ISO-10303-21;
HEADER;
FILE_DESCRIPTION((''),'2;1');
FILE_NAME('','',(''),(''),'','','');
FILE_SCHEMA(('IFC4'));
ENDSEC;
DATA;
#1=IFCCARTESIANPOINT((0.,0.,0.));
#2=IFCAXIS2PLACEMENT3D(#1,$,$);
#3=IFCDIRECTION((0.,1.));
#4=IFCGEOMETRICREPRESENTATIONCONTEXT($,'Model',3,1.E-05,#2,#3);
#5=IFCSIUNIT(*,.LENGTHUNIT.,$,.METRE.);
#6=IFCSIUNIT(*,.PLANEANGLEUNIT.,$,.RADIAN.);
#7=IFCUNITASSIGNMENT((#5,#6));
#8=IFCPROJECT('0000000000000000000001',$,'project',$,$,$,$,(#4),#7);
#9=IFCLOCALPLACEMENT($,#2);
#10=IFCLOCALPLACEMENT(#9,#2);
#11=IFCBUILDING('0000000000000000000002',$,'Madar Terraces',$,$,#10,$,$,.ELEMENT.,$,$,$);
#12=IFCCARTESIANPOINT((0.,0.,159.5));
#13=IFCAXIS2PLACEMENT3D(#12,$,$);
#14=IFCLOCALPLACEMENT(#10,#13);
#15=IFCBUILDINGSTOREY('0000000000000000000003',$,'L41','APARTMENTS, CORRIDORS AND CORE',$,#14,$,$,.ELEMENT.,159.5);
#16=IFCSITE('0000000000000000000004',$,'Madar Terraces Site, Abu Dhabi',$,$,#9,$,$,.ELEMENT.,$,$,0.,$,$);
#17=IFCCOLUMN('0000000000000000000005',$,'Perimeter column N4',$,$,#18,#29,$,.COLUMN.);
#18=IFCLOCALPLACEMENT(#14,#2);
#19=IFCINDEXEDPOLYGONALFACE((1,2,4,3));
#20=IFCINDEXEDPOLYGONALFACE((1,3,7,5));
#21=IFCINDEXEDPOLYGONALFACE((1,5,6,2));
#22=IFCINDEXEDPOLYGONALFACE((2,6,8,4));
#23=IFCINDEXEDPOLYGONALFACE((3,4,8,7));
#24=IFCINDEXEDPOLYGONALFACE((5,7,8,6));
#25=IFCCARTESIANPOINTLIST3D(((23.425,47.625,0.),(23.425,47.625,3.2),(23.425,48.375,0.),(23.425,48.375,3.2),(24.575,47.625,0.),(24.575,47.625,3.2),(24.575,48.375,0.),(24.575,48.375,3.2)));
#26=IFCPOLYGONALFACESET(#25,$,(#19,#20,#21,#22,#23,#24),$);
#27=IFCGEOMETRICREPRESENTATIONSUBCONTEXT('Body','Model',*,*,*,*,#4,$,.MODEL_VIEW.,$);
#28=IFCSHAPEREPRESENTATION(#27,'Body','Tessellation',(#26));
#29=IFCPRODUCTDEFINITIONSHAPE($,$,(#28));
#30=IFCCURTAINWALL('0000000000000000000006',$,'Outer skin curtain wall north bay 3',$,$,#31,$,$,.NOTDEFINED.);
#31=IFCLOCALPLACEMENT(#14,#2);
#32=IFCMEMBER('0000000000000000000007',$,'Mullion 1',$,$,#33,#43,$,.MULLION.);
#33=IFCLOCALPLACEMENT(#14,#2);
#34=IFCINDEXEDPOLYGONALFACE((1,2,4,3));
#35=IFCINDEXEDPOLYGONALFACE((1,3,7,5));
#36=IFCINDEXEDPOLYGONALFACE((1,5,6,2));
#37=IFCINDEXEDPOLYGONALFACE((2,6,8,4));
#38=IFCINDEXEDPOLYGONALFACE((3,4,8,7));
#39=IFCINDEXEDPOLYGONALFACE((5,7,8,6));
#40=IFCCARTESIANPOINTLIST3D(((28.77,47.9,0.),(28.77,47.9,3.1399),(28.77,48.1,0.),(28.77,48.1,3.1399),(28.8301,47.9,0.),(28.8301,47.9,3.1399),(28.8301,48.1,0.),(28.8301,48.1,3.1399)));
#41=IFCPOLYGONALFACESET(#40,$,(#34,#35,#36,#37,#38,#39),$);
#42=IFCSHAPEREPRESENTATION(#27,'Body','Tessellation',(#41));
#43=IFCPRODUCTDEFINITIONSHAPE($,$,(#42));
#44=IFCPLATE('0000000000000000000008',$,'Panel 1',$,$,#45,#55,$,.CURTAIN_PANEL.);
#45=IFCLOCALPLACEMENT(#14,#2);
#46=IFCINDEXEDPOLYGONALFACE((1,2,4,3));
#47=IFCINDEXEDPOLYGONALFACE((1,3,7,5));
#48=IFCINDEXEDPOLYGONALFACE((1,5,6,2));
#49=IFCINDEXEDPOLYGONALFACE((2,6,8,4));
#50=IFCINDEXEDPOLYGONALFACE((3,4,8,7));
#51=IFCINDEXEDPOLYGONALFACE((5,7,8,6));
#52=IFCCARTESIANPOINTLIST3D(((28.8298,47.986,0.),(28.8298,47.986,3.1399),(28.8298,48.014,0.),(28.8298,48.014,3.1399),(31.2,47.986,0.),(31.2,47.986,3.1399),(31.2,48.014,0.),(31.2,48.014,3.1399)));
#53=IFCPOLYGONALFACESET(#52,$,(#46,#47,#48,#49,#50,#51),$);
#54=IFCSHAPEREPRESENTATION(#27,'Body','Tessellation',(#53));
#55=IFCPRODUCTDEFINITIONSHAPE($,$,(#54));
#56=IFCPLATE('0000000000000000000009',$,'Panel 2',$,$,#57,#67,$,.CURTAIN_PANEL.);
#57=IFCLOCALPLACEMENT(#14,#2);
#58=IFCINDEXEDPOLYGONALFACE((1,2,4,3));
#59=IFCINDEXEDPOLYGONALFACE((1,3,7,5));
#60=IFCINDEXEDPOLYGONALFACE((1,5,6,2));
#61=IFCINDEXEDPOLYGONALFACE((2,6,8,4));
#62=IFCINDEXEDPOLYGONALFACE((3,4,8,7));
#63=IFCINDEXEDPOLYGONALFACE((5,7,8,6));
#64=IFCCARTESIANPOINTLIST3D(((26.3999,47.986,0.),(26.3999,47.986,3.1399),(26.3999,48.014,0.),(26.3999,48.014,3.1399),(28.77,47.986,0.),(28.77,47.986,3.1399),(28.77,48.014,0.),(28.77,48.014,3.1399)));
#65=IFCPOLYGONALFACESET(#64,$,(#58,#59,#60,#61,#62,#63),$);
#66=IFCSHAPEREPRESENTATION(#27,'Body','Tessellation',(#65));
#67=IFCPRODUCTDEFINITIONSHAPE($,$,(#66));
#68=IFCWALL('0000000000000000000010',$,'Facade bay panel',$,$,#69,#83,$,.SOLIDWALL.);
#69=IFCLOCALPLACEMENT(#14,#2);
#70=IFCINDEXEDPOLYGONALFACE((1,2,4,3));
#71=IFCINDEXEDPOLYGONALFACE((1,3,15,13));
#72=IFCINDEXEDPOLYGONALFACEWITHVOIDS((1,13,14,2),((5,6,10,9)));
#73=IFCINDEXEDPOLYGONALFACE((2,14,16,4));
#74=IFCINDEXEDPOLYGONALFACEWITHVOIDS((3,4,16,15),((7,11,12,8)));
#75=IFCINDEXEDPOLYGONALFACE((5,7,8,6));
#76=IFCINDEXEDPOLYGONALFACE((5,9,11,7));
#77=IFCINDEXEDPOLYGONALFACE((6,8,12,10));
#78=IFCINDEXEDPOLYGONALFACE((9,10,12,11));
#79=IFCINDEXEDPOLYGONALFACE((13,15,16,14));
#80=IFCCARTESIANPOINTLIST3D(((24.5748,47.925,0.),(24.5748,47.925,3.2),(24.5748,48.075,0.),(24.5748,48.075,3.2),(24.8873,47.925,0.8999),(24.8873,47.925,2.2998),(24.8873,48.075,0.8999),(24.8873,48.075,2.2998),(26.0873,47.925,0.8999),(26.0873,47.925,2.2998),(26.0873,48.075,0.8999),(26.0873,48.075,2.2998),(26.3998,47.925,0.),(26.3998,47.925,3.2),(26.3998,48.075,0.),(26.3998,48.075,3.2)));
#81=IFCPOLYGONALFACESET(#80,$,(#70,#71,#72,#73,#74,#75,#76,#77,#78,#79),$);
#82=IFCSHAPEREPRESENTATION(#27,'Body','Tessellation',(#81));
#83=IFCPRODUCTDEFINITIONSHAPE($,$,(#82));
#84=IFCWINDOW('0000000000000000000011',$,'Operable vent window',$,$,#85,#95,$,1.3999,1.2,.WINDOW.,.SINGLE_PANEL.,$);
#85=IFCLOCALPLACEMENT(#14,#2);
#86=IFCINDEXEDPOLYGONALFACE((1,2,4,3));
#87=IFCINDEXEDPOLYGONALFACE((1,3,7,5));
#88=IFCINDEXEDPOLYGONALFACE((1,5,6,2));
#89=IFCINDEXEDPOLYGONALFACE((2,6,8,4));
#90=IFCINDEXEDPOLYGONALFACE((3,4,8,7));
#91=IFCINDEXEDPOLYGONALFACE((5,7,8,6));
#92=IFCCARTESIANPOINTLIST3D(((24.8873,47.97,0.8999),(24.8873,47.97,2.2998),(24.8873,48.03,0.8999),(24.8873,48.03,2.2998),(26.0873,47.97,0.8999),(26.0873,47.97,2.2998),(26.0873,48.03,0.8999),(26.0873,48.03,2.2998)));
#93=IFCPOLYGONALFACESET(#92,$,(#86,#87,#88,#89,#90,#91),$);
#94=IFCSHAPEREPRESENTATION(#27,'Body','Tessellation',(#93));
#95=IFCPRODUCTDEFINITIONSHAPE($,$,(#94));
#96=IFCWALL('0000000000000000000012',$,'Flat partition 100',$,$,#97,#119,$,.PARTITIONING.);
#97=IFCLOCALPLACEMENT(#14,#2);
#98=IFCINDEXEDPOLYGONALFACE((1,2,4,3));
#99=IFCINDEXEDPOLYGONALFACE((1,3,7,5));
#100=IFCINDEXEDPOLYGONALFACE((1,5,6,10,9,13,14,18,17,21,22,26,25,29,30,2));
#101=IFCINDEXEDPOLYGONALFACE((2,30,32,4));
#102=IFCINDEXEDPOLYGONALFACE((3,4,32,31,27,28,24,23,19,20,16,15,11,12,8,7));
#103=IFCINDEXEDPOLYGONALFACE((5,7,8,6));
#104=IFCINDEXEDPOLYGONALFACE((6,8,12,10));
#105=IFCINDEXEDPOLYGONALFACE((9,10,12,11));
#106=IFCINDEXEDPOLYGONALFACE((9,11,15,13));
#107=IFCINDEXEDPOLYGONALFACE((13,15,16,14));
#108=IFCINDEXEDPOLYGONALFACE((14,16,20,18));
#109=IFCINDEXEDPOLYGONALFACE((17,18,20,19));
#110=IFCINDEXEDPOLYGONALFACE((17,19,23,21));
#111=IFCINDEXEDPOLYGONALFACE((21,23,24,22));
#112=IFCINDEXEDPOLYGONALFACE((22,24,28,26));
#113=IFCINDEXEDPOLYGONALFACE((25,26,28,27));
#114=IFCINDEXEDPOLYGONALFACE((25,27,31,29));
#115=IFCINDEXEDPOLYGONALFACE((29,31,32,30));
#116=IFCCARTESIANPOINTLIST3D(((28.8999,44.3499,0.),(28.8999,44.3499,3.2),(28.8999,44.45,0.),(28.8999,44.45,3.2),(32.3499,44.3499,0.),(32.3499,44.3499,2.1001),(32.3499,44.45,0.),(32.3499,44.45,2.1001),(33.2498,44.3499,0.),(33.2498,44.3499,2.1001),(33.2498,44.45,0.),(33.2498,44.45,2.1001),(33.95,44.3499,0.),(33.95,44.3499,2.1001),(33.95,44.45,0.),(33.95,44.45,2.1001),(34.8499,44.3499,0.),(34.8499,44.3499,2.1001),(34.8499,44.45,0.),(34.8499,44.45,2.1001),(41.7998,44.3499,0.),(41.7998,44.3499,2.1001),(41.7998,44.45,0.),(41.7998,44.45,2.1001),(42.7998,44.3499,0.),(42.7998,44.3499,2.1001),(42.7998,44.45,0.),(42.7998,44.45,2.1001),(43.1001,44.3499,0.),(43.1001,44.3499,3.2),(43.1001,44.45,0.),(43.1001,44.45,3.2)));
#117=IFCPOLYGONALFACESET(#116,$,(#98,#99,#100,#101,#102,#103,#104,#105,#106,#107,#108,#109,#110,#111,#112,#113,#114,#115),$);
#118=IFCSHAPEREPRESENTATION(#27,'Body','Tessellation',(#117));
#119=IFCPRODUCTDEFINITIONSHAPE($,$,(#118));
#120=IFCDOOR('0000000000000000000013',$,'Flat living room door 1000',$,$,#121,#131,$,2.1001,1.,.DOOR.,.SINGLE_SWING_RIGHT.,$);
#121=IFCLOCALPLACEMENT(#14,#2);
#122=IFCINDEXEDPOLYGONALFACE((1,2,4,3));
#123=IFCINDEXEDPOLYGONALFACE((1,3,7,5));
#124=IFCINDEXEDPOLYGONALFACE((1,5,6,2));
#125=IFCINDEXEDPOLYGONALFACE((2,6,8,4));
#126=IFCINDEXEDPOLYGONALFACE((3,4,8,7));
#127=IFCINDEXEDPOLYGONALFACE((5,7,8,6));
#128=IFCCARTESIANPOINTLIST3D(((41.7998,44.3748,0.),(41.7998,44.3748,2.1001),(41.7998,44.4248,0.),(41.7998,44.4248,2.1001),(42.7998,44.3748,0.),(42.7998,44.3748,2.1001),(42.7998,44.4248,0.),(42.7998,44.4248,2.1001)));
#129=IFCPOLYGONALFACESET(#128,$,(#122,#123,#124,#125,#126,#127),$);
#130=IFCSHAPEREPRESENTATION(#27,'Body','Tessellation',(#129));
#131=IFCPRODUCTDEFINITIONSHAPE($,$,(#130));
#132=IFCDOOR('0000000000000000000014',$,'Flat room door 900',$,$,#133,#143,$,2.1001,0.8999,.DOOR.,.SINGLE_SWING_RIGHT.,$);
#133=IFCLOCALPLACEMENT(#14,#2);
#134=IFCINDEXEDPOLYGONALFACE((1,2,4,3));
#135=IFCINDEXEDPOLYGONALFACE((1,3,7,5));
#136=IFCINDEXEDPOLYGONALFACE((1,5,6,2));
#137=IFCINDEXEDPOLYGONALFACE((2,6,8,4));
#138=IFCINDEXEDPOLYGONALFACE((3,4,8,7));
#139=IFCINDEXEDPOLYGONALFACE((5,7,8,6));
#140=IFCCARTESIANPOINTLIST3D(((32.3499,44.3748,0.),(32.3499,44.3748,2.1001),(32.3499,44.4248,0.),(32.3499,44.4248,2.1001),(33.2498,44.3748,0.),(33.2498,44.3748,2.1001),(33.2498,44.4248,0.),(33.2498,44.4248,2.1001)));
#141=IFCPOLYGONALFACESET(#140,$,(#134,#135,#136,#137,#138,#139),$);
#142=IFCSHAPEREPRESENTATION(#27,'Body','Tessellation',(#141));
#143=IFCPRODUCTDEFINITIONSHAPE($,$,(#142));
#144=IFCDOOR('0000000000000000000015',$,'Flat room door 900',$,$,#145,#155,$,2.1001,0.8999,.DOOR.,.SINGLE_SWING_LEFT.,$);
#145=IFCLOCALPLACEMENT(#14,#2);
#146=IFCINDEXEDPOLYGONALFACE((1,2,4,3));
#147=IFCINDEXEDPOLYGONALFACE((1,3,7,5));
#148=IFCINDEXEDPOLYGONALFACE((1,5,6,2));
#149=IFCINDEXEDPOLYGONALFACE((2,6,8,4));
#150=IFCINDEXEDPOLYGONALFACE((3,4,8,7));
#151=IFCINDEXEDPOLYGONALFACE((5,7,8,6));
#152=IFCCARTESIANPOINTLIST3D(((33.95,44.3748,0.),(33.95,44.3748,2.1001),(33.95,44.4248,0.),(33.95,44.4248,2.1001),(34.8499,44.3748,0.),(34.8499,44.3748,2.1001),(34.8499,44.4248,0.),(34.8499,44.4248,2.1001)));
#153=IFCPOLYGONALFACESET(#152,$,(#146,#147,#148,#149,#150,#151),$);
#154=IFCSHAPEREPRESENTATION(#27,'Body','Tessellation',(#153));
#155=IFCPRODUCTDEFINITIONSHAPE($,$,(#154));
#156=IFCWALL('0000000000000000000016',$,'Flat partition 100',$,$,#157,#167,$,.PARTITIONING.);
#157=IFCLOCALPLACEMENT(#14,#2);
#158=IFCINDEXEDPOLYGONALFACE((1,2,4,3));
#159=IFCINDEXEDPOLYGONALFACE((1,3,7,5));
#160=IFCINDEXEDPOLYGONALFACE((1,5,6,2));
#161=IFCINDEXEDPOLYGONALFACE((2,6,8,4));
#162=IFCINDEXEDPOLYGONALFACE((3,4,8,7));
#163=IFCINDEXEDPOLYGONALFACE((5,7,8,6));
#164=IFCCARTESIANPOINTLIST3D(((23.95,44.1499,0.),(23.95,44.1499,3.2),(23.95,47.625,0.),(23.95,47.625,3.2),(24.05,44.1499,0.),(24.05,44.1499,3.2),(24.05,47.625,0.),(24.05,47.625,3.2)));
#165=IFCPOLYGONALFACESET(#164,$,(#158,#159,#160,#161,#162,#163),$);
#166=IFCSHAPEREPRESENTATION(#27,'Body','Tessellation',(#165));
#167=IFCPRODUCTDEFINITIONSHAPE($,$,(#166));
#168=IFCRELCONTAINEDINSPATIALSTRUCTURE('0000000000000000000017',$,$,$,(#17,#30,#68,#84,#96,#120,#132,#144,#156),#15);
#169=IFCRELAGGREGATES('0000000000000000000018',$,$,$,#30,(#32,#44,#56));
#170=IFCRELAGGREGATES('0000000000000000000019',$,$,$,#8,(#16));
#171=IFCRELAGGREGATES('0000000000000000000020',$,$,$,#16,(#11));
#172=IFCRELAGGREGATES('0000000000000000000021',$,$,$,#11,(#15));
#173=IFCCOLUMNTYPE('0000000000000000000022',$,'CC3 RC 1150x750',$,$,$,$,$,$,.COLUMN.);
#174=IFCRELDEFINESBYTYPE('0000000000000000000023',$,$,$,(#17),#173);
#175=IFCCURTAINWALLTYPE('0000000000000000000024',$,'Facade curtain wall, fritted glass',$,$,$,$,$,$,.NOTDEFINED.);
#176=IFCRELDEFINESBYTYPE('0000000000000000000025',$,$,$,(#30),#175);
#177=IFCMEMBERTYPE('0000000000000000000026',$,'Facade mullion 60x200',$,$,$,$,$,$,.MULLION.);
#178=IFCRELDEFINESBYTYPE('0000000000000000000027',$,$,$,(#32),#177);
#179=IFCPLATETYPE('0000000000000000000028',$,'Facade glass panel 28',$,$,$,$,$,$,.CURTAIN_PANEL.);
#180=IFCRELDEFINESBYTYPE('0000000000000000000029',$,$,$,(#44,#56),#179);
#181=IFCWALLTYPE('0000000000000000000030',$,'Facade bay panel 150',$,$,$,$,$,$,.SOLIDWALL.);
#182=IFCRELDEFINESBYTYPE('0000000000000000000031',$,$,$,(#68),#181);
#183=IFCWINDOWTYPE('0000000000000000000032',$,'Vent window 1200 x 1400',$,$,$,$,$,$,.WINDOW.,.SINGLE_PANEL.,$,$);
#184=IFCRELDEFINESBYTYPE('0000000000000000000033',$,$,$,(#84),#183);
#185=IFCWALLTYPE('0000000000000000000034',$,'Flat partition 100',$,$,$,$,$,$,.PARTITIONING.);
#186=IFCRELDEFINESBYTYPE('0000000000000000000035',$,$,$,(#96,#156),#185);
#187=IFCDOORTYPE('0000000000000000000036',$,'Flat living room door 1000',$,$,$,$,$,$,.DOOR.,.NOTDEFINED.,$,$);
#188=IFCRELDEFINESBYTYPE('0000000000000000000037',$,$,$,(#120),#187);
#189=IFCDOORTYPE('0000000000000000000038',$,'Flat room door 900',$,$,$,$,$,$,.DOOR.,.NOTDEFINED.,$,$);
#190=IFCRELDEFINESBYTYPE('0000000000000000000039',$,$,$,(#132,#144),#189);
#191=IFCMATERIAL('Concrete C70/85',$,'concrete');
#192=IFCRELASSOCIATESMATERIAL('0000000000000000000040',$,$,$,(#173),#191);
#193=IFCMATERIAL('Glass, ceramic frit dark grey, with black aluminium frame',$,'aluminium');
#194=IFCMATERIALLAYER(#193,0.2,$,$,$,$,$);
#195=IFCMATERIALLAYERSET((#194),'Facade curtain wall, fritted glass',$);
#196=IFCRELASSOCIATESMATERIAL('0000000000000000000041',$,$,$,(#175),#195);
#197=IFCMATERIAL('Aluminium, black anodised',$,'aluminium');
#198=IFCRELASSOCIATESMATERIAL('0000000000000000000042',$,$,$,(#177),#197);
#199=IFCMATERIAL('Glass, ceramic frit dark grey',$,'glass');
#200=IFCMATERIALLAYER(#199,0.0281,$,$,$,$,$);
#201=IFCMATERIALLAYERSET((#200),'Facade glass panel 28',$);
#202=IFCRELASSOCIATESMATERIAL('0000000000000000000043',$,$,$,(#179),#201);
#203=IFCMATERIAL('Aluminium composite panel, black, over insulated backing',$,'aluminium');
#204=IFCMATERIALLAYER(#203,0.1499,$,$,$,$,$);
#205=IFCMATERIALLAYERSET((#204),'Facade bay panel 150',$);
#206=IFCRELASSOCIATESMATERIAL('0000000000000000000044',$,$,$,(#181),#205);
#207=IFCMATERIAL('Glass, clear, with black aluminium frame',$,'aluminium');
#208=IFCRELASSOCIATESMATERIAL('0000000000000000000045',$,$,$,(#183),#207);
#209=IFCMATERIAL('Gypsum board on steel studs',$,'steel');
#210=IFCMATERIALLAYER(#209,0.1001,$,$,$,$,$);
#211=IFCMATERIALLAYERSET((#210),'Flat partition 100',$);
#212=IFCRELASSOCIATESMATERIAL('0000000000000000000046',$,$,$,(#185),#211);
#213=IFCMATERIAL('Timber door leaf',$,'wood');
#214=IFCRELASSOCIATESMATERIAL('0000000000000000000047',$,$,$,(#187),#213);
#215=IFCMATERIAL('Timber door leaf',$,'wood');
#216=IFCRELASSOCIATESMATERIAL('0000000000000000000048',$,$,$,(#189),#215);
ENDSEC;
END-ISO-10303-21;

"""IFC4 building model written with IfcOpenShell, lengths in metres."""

from ifc_helpers import new_model, si_unit, direction, frame, frame_2d, origin, origin_2d, place, context, subcontext, project, spatial, rectangle, extrude, material, layer, layer_set, material_profile, profile_set, type_object, element, fill, aggregate, save


model = new_model("IFC4")

# Units and contexts
model_context = context("Model", 3, precision=1e-05, world=origin(), true_north=direction((0.0, 1.0)))
body_context = subcontext(model_context, "Body", "Model", "MODEL_VIEW")
ifc_project = project(units=[si_unit("LENGTHUNIT", "METRE"), si_unit("PLANEANGLEUNIT", "RADIAN")], contexts=[model_context])

# Site, building, storey
site_placement = place(None, origin())
site = spatial("IfcSite", under=ifc_project, at=site_placement, Name="Madar Terraces Site, Abu Dhabi", CompositionType="ELEMENT", RefElevation=0.0)
building_placement = place(site_placement, origin())
building = spatial("IfcBuilding", under=site, at=building_placement, Name="Madar Terraces", CompositionType="ELEMENT")
storey_placement = place(building_placement, frame((0.0, 0.0, 159.5)))
storey = spatial("IfcBuildingStorey", under=building, at=storey_placement, Name="L41", Description="APARTMENTS, CORRIDORS AND CORE", CompositionType="ELEMENT", Elevation=159.5)

# Column
ifc_material_1 = material(Name="Concrete C70/85", Category="concrete")
ifc_material_profile_1 = material_profile(ifc_material_1, rectangle(XDim=1.1499, YDim=0.75, at=origin_2d()), Name="CC3 RC 1150x750")
ifc_profile_set_1 = profile_set([ifc_material_profile_1], Name="Concrete C70/85")
column_type = type_object("IfcColumnType", Name="CC3 RC 1150x750", PredefinedType="COLUMN", material=ifc_profile_set_1)
column_placement = place(storey_placement, frame((24.0, 48.0, 0.0), z_axis=(0.0, 0.0, 1.0), x_axis=(1.0, 0.0, 0.0)))
element("IfcColumn", 1, at=column_placement, inside=storey, type_object=column_type, Name="Perimeter column N4", PredefinedType="COLUMN", context=body_context, shape_type="SweptSolid", body=[
    extrude(rectangle(XDim=1.1499, YDim=0.75, at=origin_2d()), origin(), (0.0, 0.0, 1.0), 3.2),
])

# Curtain wall, member, plates
ifc_material_2 = material(Name="Glass, ceramic frit dark grey, with black aluminium frame", Category="aluminium")
ifc_layer_1 = layer(ifc_material_2, 0.2)
ifc_layer_set_1 = layer_set([ifc_layer_1], Name="Facade curtain wall, fritted glass")
curtain_wall_type = type_object("IfcCurtainWallType", Name="Facade curtain wall, fritted glass", PredefinedType="NOTDEFINED", material=ifc_layer_set_1)
curtain_wall_placement = place(storey_placement, origin())
curtain_wall = element("IfcCurtainWall", 2, at=curtain_wall_placement, inside=storey, type_object=curtain_wall_type, Name="Outer skin curtain wall north bay 3", PredefinedType="NOTDEFINED")
ifc_material_3 = material(Name="Aluminium, black anodised", Category="aluminium")
ifc_material_profile_2 = material_profile(ifc_material_3, rectangle(XDim=0.2, YDim=0.0601, at=origin_2d()), Name="Facade mullion 60x200")
ifc_profile_set_2 = profile_set([ifc_material_profile_2], Name="Aluminium, black anodised")
member_type = type_object("IfcMemberType", Name="Facade mullion 60x200", PredefinedType="MULLION", material=ifc_profile_set_2)
member_placement = place(storey_placement, frame((28.8, 48.0, 0.0), z_axis=(0.0, 0.0, 1.0), x_axis=(0.0, -1.0, 0.0)))
member = element("IfcMember", 3, at=member_placement, type_object=member_type, Name="Mullion 1", PredefinedType="MULLION", context=body_context, shape_type="SweptSolid", body=[
    extrude(rectangle(XDim=0.2, YDim=0.0601, at=origin_2d()), origin(), (0.0, 0.0, 1.0), 3.1399),
])
ifc_material_4 = material(Name="Glass, ceramic frit dark grey", Category="glass")
ifc_layer_2 = layer(ifc_material_4, 0.0281)
ifc_layer_set_2 = layer_set([ifc_layer_2], Name="Facade glass panel 28")
plate_type = type_object("IfcPlateType", Name="Facade glass panel 28", PredefinedType="CURTAIN_PANEL", material=ifc_layer_set_2)
plate_1_placement = place(storey_placement, frame((30.0149, 48.0, 0.0), z_axis=(0.0, 0.0, 1.0), x_axis=(-1.0, 0.0, 0.0)))
plate_1 = element("IfcPlate", 4, at=plate_1_placement, type_object=plate_type, Name="Panel 1", PredefinedType="CURTAIN_PANEL", context=body_context, shape_type="SweptSolid", body=[
    extrude(rectangle(XDim=2.3701, YDim=0.0281, at=origin_2d()), origin(), (0.0, 0.0, 1.0), 3.1399),
])
plate_2_placement = place(storey_placement, frame((27.585, 48.0, 0.0), z_axis=(0.0, 0.0, 1.0), x_axis=(-1.0, 0.0, 0.0)))
plate_2 = element("IfcPlate", 5, at=plate_2_placement, type_object=plate_type, Name="Panel 2", PredefinedType="CURTAIN_PANEL", context=body_context, shape_type="SweptSolid", body=[
    extrude(rectangle(XDim=2.3701, YDim=0.0281, at=origin_2d()), origin(), (0.0, 0.0, 1.0), 3.1399),
])
aggregate(curtain_wall, [member, plate_1, plate_2])

# Wall, opening, window
ifc_material_5 = material(Name="Aluminium composite panel, black, over insulated backing", Category="aluminium")
ifc_layer_3 = layer(ifc_material_5, 0.1499)
ifc_layer_set_3 = layer_set([ifc_layer_3], Name="Facade bay panel 150")
wall_type_1 = type_object("IfcWallType", Name="Facade bay panel 150", PredefinedType="SOLIDWALL", material=ifc_layer_set_3)
wall_1_placement = place(storey_placement, frame((26.3999, 48.0, 0.0), z_axis=(0.0, 0.0, 1.0), x_axis=(-1.0, 0.0, 0.0)))
wall_1 = element("IfcWall", 6, at=wall_1_placement, inside=storey, type_object=wall_type_1, Name="Facade bay panel", PredefinedType="SOLIDWALL", context=body_context, shape_type="SweptSolid", body=[
    extrude(rectangle(XDim=1.825, YDim=0.1499, at=frame_2d((0.9126, 0.0))), origin(), (0.0, 0.0, 1.0), 3.2),
])
opening_1_placement = place(wall_1_placement, frame((0.3125, 0.0, 0.8999)))
opening_1 = element("IfcOpeningElement", 7, at=opening_1_placement, cuts=wall_1, PredefinedType="OPENING", context=body_context, shape_type="SweptSolid", body=[
    extrude(rectangle(XDim=1.2, YDim=1.3999, at=frame_2d((0.6001, 0.7))), frame((0.0, 0.085, 0.0), z_axis=(0.0, -1.0, 0.0), x_axis=(1.0, 0.0, 0.0)), (0.0, 0.0, 1.0), 0.1699),
])
ifc_material_6 = material(Name="Glass, clear, with black aluminium frame", Category="aluminium")
window_type = type_object("IfcWindowType", Name="Vent window 1200 x 1400", PartitioningType="SINGLE_PANEL", PredefinedType="WINDOW", material=ifc_material_6)
window_placement = place(opening_1_placement, origin())
window = element("IfcWindow", 8, at=window_placement, inside=storey, type_object=window_type, Name="Operable vent window", OverallHeight=1.3999, OverallWidth=1.2, PartitioningType="SINGLE_PANEL", PredefinedType="WINDOW", context=body_context, shape_type="SweptSolid", body=[
    extrude(rectangle(XDim=1.2, YDim=1.3999, at=frame_2d((0.6001, 0.7))), frame((0.0, 0.03, 0.0), z_axis=(0.0, -1.0, 0.0), x_axis=(1.0, 0.0, 0.0)), (0.0, 0.0, 1.0), 0.0601),
])
fill(opening_1, window)

# Wall, openings, doors
ifc_material_7 = material(Name="Gypsum board on steel studs", Category="steel")
ifc_layer_4 = layer(ifc_material_7, 0.1001)
ifc_layer_set_4 = layer_set([ifc_layer_4], Name="Flat partition 100")
wall_type_2 = type_object("IfcWallType", Name="Flat partition 100", PredefinedType="PARTITIONING", material=ifc_layer_set_4)
wall_2_placement = place(storey_placement, frame((28.8999, 44.3999, 0.0), z_axis=(0.0, 0.0, 1.0), x_axis=(1.0, 0.0, 0.0)))
wall_2 = element("IfcWall", 9, at=wall_2_placement, inside=storey, type_object=wall_type_2, Name="Flat partition 100", PredefinedType="PARTITIONING", context=body_context, shape_type="SweptSolid", body=[
    extrude(rectangle(XDim=14.2002, YDim=0.1001, at=frame_2d((7.1001, 0.0))), origin(), (0.0, 0.0, 1.0), 3.2),
])
opening_2_placement = place(wall_2_placement, frame((3.45, 0.0, 0.0)))
opening_2 = element("IfcOpeningElement", 10, at=opening_2_placement, cuts=wall_2, PredefinedType="OPENING", context=body_context, shape_type="SweptSolid", body=[
    extrude(rectangle(XDim=0.8999, YDim=2.1001, at=frame_2d((0.45, 1.05))), frame((0.0, 0.0601, 0.0), z_axis=(0.0, -1.0, 0.0), x_axis=(1.0, 0.0, 0.0)), (0.0, 0.0, 1.0), 0.1201),
])
opening_3_placement = place(wall_2_placement, frame((5.05, 0.0, 0.0)))
opening_3 = element("IfcOpeningElement", 11, at=opening_3_placement, cuts=wall_2, PredefinedType="OPENING", context=body_context, shape_type="SweptSolid", body=[
    extrude(rectangle(XDim=0.8999, YDim=2.1001, at=frame_2d((0.45, 1.05))), frame((0.0, 0.0601, 0.0), z_axis=(0.0, -1.0, 0.0), x_axis=(1.0, 0.0, 0.0)), (0.0, 0.0, 1.0), 0.1201),
])
opening_4_placement = place(wall_2_placement, frame((12.8999, 0.0, 0.0)))
opening_4 = element("IfcOpeningElement", 12, at=opening_4_placement, cuts=wall_2, PredefinedType="OPENING", context=body_context, shape_type="SweptSolid", body=[
    extrude(rectangle(XDim=1.0, YDim=2.1001, at=frame_2d((0.5, 1.05))), frame((0.0, 0.0601, 0.0), z_axis=(0.0, -1.0, 0.0), x_axis=(1.0, 0.0, 0.0)), (0.0, 0.0, 1.0), 0.1201),
])
ifc_material_8 = material(Name="Timber door leaf", Category="wood")
door_type_1 = type_object("IfcDoorType", Name="Flat living room door 1000", OperationType="NOTDEFINED", PredefinedType="DOOR", material=ifc_material_8)
door_1_placement = place(opening_4_placement, origin())
door_1 = element("IfcDoor", 13, at=door_1_placement, inside=storey, type_object=door_type_1, Name="Flat living room door 1000", OperationType="SINGLE_SWING_RIGHT", OverallHeight=2.1001, OverallWidth=1.0, PredefinedType="DOOR", context=body_context, shape_type="SweptSolid", body=[
    extrude(rectangle(XDim=1.0, YDim=2.1001, at=frame_2d((0.5, 1.05))), frame((0.0, 0.0249, 0.0), z_axis=(0.0, -1.0, 0.0), x_axis=(1.0, 0.0, 0.0)), (0.0, 0.0, 1.0), 0.05),
])
fill(opening_4, door_1)
ifc_material_9 = material(Name="Timber door leaf", Category="wood")
door_type_2 = type_object("IfcDoorType", Name="Flat room door 900", OperationType="NOTDEFINED", PredefinedType="DOOR", material=ifc_material_9)
door_2_placement = place(opening_2_placement, origin())
door_2 = element("IfcDoor", 14, at=door_2_placement, inside=storey, type_object=door_type_2, Name="Flat room door 900", OperationType="SINGLE_SWING_RIGHT", OverallHeight=2.1001, OverallWidth=0.8999, PredefinedType="DOOR", context=body_context, shape_type="SweptSolid", body=[
    extrude(rectangle(XDim=0.8999, YDim=2.1001, at=frame_2d((0.45, 1.05))), frame((0.0, 0.0249, 0.0), z_axis=(0.0, -1.0, 0.0), x_axis=(1.0, 0.0, 0.0)), (0.0, 0.0, 1.0), 0.05),
])
fill(opening_2, door_2)
door_3_placement = place(opening_3_placement, origin())
door_3 = element("IfcDoor", 15, at=door_3_placement, inside=storey, type_object=door_type_2, Name="Flat room door 900", OperationType="SINGLE_SWING_LEFT", OverallHeight=2.1001, OverallWidth=0.8999, PredefinedType="DOOR", context=body_context, shape_type="SweptSolid", body=[
    extrude(rectangle(XDim=0.8999, YDim=2.1001, at=frame_2d((0.45, 1.05))), frame((0.0, 0.0249, 0.0), z_axis=(0.0, -1.0, 0.0), x_axis=(1.0, 0.0, 0.0)), (0.0, 0.0, 1.0), 0.05),
])
fill(opening_3, door_3)

# Wall
wall_3_placement = place(storey_placement, frame((24.0, 44.1499, 0.0), z_axis=(0.0, 0.0, 1.0), x_axis=(0.0, 1.0, 0.0)))
element("IfcWall", 16, at=wall_3_placement, inside=storey, type_object=wall_type_2, Name="Flat partition 100", PredefinedType="PARTITIONING", context=body_context, shape_type="SweptSolid", body=[
    extrude(rectangle(XDim=3.4751, YDim=0.1001, at=frame_2d((1.7375, 0.0))), origin(), (0.0, 0.0, 1.0), 3.2),
])

save(model, "model.ifc")
